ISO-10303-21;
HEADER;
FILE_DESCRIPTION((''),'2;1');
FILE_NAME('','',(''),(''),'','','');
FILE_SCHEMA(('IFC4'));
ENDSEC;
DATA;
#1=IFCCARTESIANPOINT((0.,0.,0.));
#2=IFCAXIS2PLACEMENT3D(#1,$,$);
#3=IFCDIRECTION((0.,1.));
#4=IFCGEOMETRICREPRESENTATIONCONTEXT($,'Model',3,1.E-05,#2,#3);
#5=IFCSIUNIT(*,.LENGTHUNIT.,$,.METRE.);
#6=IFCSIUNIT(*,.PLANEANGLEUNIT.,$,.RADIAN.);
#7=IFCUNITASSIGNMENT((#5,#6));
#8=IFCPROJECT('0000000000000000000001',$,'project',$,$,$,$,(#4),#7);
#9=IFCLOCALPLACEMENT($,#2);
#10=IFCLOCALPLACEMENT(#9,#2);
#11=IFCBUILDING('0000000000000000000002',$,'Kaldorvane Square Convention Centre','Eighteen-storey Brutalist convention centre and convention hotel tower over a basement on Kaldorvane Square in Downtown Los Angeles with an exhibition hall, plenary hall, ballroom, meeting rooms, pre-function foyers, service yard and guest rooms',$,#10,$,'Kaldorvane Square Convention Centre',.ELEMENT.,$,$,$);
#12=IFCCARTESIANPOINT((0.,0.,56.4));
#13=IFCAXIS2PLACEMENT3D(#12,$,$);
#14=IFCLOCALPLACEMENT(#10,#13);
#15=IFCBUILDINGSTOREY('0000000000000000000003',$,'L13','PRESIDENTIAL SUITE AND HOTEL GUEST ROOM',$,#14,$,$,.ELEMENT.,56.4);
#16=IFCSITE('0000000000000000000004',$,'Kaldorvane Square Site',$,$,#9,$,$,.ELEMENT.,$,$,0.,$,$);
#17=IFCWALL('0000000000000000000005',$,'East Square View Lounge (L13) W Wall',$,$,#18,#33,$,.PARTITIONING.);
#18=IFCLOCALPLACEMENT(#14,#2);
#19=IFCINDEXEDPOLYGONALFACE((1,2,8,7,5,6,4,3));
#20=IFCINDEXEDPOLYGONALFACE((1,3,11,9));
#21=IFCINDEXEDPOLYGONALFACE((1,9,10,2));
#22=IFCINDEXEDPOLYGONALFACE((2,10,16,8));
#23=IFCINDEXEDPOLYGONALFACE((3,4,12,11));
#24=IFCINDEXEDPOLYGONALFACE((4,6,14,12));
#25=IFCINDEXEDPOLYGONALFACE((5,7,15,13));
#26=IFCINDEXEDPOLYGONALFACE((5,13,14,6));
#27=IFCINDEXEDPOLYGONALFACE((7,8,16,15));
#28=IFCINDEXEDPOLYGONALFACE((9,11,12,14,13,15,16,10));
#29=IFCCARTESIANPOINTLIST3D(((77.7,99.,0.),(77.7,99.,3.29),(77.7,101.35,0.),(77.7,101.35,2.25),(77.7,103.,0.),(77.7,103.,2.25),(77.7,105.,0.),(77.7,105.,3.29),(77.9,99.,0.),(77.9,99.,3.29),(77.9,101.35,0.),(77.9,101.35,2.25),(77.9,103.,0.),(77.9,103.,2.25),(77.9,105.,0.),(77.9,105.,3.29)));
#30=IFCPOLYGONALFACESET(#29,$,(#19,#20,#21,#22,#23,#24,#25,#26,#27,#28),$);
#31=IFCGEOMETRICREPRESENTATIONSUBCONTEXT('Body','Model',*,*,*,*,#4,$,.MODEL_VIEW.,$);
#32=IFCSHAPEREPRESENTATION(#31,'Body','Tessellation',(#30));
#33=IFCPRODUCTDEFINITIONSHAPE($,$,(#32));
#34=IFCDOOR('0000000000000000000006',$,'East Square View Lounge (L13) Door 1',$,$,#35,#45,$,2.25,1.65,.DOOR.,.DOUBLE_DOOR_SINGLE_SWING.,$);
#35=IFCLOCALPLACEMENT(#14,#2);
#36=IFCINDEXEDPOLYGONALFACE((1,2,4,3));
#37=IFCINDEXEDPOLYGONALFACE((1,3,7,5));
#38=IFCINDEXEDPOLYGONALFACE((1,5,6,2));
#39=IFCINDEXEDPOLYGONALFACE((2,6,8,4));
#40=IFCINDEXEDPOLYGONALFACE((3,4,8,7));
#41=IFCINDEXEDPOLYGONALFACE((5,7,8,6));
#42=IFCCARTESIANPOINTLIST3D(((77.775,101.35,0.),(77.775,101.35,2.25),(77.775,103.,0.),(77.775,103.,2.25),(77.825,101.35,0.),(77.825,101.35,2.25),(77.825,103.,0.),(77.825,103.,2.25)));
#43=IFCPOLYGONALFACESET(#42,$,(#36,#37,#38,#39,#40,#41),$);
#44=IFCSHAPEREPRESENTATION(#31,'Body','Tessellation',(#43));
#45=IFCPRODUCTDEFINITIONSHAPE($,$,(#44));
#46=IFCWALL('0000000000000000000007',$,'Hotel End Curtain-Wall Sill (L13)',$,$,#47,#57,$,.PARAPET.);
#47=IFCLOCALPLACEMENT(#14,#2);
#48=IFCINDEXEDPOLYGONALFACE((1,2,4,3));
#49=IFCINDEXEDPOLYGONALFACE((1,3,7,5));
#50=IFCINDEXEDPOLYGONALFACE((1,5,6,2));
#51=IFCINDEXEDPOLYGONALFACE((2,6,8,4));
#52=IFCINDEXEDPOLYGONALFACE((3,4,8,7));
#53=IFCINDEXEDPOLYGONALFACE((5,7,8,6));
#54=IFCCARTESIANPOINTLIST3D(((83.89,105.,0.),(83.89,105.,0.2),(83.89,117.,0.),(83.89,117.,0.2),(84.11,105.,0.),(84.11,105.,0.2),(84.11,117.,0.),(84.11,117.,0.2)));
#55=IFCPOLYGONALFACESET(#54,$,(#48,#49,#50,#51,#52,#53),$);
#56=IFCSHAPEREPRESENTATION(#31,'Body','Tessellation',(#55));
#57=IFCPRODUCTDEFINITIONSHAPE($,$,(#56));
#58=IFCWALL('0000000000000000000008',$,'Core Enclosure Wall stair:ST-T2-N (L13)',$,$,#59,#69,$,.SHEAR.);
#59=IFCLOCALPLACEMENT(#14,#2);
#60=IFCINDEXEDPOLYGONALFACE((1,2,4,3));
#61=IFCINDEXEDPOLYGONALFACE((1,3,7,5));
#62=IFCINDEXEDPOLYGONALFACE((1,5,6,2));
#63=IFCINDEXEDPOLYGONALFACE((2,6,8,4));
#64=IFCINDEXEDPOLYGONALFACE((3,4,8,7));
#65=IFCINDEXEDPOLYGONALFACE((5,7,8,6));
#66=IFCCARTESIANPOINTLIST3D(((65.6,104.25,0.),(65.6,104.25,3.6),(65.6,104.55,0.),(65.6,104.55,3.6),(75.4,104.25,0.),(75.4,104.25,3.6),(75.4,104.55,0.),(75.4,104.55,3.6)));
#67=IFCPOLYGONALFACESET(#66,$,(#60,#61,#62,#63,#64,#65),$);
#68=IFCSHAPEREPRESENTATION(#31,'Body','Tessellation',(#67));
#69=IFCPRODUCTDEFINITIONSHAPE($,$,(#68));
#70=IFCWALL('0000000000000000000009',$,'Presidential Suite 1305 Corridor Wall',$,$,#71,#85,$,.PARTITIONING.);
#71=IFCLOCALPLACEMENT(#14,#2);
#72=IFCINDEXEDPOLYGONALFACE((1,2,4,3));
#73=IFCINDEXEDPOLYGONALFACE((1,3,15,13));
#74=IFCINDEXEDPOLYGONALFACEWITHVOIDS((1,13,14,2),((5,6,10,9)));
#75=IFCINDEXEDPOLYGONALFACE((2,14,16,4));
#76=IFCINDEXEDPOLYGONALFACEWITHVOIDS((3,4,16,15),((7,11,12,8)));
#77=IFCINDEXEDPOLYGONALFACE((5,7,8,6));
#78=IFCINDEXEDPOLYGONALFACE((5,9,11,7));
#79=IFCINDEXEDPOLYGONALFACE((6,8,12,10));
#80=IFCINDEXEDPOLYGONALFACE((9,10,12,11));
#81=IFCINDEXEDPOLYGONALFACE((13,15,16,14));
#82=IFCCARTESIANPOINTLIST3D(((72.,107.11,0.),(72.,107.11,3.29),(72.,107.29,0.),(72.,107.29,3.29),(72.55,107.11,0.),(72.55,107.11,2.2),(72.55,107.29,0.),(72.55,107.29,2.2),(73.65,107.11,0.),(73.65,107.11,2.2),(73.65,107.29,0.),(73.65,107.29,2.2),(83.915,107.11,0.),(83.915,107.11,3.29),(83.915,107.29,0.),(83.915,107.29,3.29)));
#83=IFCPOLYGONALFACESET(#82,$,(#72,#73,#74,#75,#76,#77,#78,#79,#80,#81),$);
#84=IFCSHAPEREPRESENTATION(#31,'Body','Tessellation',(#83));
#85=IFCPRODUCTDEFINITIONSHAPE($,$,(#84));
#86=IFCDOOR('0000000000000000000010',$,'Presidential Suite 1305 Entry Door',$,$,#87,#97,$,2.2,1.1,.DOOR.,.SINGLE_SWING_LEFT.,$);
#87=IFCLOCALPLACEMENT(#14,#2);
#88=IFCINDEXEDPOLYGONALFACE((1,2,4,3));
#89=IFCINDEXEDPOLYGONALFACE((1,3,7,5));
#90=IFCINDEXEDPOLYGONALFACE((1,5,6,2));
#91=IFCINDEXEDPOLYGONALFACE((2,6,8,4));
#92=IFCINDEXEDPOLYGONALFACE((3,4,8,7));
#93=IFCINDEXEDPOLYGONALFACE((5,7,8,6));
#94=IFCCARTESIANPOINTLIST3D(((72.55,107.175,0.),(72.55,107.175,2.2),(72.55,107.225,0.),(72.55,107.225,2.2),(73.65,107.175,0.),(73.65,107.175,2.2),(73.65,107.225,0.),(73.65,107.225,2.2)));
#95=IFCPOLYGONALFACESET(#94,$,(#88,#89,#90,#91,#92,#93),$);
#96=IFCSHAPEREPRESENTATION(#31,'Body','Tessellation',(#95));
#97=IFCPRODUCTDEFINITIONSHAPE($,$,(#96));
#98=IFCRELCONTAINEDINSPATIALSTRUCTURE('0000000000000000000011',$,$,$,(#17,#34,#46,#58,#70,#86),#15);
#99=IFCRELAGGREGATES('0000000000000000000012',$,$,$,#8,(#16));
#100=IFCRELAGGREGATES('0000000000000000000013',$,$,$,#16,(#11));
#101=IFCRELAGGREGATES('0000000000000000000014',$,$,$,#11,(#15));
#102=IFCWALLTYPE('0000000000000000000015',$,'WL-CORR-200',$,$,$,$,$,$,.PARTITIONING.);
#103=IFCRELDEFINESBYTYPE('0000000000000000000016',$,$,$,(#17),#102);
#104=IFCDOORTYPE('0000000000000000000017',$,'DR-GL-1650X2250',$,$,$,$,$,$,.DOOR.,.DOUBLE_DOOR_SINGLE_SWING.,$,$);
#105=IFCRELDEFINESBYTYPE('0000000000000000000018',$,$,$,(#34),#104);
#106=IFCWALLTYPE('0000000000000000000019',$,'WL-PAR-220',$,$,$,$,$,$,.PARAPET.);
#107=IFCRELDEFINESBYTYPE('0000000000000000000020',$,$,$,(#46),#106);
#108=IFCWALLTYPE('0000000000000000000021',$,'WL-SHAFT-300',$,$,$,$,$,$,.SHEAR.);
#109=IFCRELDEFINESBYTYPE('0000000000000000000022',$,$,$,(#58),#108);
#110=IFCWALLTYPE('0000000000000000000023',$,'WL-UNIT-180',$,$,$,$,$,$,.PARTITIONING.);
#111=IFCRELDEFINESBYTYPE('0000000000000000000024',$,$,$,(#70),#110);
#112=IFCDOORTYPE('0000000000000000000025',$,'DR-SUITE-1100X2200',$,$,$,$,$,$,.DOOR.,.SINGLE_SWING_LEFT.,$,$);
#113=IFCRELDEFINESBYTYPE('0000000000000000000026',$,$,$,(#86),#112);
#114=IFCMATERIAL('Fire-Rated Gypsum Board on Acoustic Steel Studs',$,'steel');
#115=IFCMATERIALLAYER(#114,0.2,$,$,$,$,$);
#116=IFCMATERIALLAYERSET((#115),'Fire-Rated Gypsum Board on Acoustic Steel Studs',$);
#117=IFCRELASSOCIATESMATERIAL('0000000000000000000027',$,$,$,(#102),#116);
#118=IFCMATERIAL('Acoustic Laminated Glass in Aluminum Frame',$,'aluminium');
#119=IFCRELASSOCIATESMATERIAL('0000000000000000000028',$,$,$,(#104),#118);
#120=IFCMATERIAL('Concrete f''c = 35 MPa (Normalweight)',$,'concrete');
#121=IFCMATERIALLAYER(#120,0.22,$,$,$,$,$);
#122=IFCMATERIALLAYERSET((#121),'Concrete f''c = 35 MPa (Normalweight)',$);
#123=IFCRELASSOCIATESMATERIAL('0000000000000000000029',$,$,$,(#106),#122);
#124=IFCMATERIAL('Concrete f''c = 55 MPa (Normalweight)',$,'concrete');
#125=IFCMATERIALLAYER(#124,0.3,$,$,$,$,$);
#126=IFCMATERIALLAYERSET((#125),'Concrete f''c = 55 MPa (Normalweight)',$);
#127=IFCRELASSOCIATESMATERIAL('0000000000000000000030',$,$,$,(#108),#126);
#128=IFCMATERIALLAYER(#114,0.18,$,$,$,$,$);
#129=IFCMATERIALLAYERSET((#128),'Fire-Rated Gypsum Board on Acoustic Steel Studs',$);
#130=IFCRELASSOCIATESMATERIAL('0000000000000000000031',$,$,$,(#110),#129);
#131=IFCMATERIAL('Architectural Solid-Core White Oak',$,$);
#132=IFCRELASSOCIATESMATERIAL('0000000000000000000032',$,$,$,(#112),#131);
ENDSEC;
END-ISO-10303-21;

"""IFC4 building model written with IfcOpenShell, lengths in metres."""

from ifc_helpers import new_model, si_unit, direction, frame, frame_2d, origin, place, context, subcontext, project, spatial, rectangle, extrude, material, layer, layer_set, type_object, element, fill, save


model = new_model("IFC4")

# Units and contexts
model_context = context("Model", 3, precision=1e-05, world=origin(), true_north=direction((0.0, 1.0)))
body_context = subcontext(model_context, "Body", "Model", "MODEL_VIEW")
ifc_project = project(units=[si_unit("LENGTHUNIT", "METRE"), si_unit("PLANEANGLEUNIT", "RADIAN")], contexts=[model_context])

# Site, building, storey
site_placement = place(None, origin())
site = spatial("IfcSite", under=ifc_project, at=site_placement, Name="Kaldorvane Square Site", CompositionType="ELEMENT", RefElevation=0.0)
building_placement = place(site_placement, origin())
building = spatial("IfcBuilding", under=site, at=building_placement, Name="Kaldorvane Square Convention Centre", Description="Eighteen-storey Brutalist convention centre and convention hotel tower over a basement on Kaldorvane Square in Downtown Los Angeles with an exhibition hall, plenary hall, ballroom, meeting rooms, pre-function foyers, service yard and guest rooms", LongName="Kaldorvane Square Convention Centre", CompositionType="ELEMENT")
storey_placement = place(building_placement, frame((0.0, 0.0, 56.4)))
storey = spatial("IfcBuildingStorey", under=building, at=storey_placement, Name="L13", Description="PRESIDENTIAL SUITE AND HOTEL GUEST ROOM", CompositionType="ELEMENT", Elevation=56.4)

# Shared definitions
ifc_material_1 = material(Name="Fire-Rated Gypsum Board on Acoustic Steel Studs", Category="steel")
ifc_material_2 = material(Name="Architectural Solid-Core White Oak")

# Shared definitions
ifc_layer_1 = layer(ifc_material_1, 0.2)
ifc_layer_set_1 = layer_set([ifc_layer_1], Name="Fire-Rated Gypsum Board on Acoustic Steel Studs")
wall_type_1 = type_object("IfcWallType", Name="WL-CORR-200", PredefinedType="PARTITIONING", material=ifc_layer_set_1)

# Wall, opening, door
wall_1_placement = place(storey_placement, frame((77.8, 105.0, 0.0), z_axis=(0.0, 0.0, 1.0), x_axis=(0.0, -1.0, 0.0)))
wall_1 = element("IfcWall", 1, at=wall_1_placement, inside=storey, type_object=wall_type_1, Name="East Square View Lounge (L13) W Wall", PredefinedType="PARTITIONING", context=body_context, shape_type="SweptSolid", body=[
    extrude(rectangle(XDim=6.0, YDim=0.2, at=frame_2d((3.0, 0.0))), origin(), (0.0, 0.0, 1.0), 3.29),
])
opening_1_placement = place(wall_1_placement, frame((2.0, 0.0, 0.0)))
opening_1 = element("IfcOpeningElement", 2, at=opening_1_placement, cuts=wall_1, PredefinedType="OPENING", context=body_context, shape_type="SweptSolid", body=[
    extrude(rectangle(XDim=1.65, YDim=2.25, at=frame_2d((0.825, 1.125))), frame((0.0, 0.115, 0.0), z_axis=(0.0, -1.0, 0.0), x_axis=(1.0, 0.0, 0.0)), (0.0, 0.0, 1.0), 0.23),
])
ifc_material_3 = material(Name="Acoustic Laminated Glass in Aluminum Frame", Category="aluminium")
door_type_1 = type_object("IfcDoorType", Name="DR-GL-1650X2250", OperationType="DOUBLE_DOOR_SINGLE_SWING", PredefinedType="DOOR", material=ifc_material_3)
door_1_placement = place(opening_1_placement, origin())
door_1 = element("IfcDoor", 3, at=door_1_placement, inside=storey, type_object=door_type_1, Name="East Square View Lounge (L13) Door 1", OperationType="DOUBLE_DOOR_SINGLE_SWING", OverallHeight=2.25, OverallWidth=1.65, PredefinedType="DOOR", context=body_context, shape_type="SweptSolid", body=[
    extrude(rectangle(XDim=1.65, YDim=2.25, at=frame_2d((0.825, 1.125))), frame((0.0, 0.025, 0.0), z_axis=(0.0, -1.0, 0.0), x_axis=(1.0, 0.0, 0.0)), (0.0, 0.0, 1.0), 0.05),
])
fill(opening_1, door_1)

# Walls
ifc_material_4 = material(Name="Concrete f'c = 35 MPa (Normalweight)", Category="concrete")
ifc_layer_2 = layer(ifc_material_4, 0.22)
ifc_layer_set_2 = layer_set([ifc_layer_2], Name="Concrete f'c = 35 MPa (Normalweight)")
wall_type_2 = type_object("IfcWallType", Name="WL-PAR-220", PredefinedType="PARAPET", material=ifc_layer_set_2)
wall_2_placement = place(storey_placement, frame((84.0, 105.0, 0.0), z_axis=(0.0, 0.0, 1.0), x_axis=(0.0, 1.0, 0.0)))
element("IfcWall", 4, at=wall_2_placement, inside=storey, type_object=wall_type_2, Name="Hotel End Curtain-Wall Sill (L13)", PredefinedType="PARAPET", context=body_context, shape_type="SweptSolid", body=[
    extrude(rectangle(XDim=12.0, YDim=0.22, at=frame_2d((6.0, 0.0))), origin(), (0.0, 0.0, 1.0), 0.2),
])
ifc_material_5 = material(Name="Concrete f'c = 55 MPa (Normalweight)", Category="concrete")
ifc_layer_3 = layer(ifc_material_5, 0.3)
ifc_layer_set_3 = layer_set([ifc_layer_3], Name="Concrete f'c = 55 MPa (Normalweight)")
wall_type_3 = type_object("IfcWallType", Name="WL-SHAFT-300", PredefinedType="SHEAR", material=ifc_layer_set_3)
wall_3_placement = place(storey_placement, frame((75.4, 104.4, 0.0), z_axis=(0.0, 0.0, 1.0), x_axis=(-1.0, 0.0, 0.0)))
element("IfcWall", 5, at=wall_3_placement, inside=storey, type_object=wall_type_3, Name="Core Enclosure Wall stair:ST-T2-N (L13)", PredefinedType="SHEAR", context=body_context, shape_type="SweptSolid", body=[
    extrude(rectangle(XDim=9.8, YDim=0.3, at=frame_2d((4.9, 0.0))), origin(), (0.0, 0.0, 1.0), 3.6),
])

# Wall, opening, door
ifc_layer_4 = layer(ifc_material_1, 0.18)
ifc_layer_set_4 = layer_set([ifc_layer_4], Name="Fire-Rated Gypsum Board on Acoustic Steel Studs")
wall_type_4 = type_object("IfcWallType", Name="WL-UNIT-180", PredefinedType="PARTITIONING", material=ifc_layer_set_4)
wall_4_placement = place(storey_placement, frame((72.0, 107.2, 0.0), z_axis=(0.0, 0.0, 1.0), x_axis=(1.0, 0.0, 0.0)))
wall_4 = element("IfcWall", 6, at=wall_4_placement, inside=storey, type_object=wall_type_4, Name="Presidential Suite 1305 Corridor Wall", PredefinedType="PARTITIONING", context=body_context, shape_type="SweptSolid", body=[
    extrude(rectangle(XDim=11.915, YDim=0.18, at=frame_2d((5.9575, 0.0))), origin(), (0.0, 0.0, 1.0), 3.29),
])
opening_2_placement = place(wall_4_placement, frame((0.55, 0.0, 0.0)))
opening_2 = element("IfcOpeningElement", 7, at=opening_2_placement, cuts=wall_4, PredefinedType="OPENING", context=body_context, shape_type="SweptSolid", body=[
    extrude(rectangle(XDim=1.1, YDim=2.2, at=frame_2d((0.55, 1.1))), frame((0.0, 0.105, 0.0), z_axis=(0.0, -1.0, 0.0), x_axis=(1.0, 0.0, 0.0)), (0.0, 0.0, 1.0), 0.21),
])
door_type_2 = type_object("IfcDoorType", Name="DR-SUITE-1100X2200", OperationType="SINGLE_SWING_LEFT", PredefinedType="DOOR", material=ifc_material_2)
door_2_placement = place(opening_2_placement, origin())
door_2 = element("IfcDoor", 8, at=door_2_placement, inside=storey, type_object=door_type_2, Name="Presidential Suite 1305 Entry Door", OperationType="SINGLE_SWING_LEFT", OverallHeight=2.2, OverallWidth=1.1, PredefinedType="DOOR", context=body_context, shape_type="SweptSolid", body=[
    extrude(rectangle(XDim=1.1, YDim=2.2, at=frame_2d((0.55, 1.1))), frame((0.0, 0.025, 0.0), z_axis=(0.0, -1.0, 0.0), x_axis=(1.0, 0.0, 0.0)), (0.0, 0.0, 1.0), 0.05),
])
fill(opening_2, door_2)

save(model, "model.ifc")
